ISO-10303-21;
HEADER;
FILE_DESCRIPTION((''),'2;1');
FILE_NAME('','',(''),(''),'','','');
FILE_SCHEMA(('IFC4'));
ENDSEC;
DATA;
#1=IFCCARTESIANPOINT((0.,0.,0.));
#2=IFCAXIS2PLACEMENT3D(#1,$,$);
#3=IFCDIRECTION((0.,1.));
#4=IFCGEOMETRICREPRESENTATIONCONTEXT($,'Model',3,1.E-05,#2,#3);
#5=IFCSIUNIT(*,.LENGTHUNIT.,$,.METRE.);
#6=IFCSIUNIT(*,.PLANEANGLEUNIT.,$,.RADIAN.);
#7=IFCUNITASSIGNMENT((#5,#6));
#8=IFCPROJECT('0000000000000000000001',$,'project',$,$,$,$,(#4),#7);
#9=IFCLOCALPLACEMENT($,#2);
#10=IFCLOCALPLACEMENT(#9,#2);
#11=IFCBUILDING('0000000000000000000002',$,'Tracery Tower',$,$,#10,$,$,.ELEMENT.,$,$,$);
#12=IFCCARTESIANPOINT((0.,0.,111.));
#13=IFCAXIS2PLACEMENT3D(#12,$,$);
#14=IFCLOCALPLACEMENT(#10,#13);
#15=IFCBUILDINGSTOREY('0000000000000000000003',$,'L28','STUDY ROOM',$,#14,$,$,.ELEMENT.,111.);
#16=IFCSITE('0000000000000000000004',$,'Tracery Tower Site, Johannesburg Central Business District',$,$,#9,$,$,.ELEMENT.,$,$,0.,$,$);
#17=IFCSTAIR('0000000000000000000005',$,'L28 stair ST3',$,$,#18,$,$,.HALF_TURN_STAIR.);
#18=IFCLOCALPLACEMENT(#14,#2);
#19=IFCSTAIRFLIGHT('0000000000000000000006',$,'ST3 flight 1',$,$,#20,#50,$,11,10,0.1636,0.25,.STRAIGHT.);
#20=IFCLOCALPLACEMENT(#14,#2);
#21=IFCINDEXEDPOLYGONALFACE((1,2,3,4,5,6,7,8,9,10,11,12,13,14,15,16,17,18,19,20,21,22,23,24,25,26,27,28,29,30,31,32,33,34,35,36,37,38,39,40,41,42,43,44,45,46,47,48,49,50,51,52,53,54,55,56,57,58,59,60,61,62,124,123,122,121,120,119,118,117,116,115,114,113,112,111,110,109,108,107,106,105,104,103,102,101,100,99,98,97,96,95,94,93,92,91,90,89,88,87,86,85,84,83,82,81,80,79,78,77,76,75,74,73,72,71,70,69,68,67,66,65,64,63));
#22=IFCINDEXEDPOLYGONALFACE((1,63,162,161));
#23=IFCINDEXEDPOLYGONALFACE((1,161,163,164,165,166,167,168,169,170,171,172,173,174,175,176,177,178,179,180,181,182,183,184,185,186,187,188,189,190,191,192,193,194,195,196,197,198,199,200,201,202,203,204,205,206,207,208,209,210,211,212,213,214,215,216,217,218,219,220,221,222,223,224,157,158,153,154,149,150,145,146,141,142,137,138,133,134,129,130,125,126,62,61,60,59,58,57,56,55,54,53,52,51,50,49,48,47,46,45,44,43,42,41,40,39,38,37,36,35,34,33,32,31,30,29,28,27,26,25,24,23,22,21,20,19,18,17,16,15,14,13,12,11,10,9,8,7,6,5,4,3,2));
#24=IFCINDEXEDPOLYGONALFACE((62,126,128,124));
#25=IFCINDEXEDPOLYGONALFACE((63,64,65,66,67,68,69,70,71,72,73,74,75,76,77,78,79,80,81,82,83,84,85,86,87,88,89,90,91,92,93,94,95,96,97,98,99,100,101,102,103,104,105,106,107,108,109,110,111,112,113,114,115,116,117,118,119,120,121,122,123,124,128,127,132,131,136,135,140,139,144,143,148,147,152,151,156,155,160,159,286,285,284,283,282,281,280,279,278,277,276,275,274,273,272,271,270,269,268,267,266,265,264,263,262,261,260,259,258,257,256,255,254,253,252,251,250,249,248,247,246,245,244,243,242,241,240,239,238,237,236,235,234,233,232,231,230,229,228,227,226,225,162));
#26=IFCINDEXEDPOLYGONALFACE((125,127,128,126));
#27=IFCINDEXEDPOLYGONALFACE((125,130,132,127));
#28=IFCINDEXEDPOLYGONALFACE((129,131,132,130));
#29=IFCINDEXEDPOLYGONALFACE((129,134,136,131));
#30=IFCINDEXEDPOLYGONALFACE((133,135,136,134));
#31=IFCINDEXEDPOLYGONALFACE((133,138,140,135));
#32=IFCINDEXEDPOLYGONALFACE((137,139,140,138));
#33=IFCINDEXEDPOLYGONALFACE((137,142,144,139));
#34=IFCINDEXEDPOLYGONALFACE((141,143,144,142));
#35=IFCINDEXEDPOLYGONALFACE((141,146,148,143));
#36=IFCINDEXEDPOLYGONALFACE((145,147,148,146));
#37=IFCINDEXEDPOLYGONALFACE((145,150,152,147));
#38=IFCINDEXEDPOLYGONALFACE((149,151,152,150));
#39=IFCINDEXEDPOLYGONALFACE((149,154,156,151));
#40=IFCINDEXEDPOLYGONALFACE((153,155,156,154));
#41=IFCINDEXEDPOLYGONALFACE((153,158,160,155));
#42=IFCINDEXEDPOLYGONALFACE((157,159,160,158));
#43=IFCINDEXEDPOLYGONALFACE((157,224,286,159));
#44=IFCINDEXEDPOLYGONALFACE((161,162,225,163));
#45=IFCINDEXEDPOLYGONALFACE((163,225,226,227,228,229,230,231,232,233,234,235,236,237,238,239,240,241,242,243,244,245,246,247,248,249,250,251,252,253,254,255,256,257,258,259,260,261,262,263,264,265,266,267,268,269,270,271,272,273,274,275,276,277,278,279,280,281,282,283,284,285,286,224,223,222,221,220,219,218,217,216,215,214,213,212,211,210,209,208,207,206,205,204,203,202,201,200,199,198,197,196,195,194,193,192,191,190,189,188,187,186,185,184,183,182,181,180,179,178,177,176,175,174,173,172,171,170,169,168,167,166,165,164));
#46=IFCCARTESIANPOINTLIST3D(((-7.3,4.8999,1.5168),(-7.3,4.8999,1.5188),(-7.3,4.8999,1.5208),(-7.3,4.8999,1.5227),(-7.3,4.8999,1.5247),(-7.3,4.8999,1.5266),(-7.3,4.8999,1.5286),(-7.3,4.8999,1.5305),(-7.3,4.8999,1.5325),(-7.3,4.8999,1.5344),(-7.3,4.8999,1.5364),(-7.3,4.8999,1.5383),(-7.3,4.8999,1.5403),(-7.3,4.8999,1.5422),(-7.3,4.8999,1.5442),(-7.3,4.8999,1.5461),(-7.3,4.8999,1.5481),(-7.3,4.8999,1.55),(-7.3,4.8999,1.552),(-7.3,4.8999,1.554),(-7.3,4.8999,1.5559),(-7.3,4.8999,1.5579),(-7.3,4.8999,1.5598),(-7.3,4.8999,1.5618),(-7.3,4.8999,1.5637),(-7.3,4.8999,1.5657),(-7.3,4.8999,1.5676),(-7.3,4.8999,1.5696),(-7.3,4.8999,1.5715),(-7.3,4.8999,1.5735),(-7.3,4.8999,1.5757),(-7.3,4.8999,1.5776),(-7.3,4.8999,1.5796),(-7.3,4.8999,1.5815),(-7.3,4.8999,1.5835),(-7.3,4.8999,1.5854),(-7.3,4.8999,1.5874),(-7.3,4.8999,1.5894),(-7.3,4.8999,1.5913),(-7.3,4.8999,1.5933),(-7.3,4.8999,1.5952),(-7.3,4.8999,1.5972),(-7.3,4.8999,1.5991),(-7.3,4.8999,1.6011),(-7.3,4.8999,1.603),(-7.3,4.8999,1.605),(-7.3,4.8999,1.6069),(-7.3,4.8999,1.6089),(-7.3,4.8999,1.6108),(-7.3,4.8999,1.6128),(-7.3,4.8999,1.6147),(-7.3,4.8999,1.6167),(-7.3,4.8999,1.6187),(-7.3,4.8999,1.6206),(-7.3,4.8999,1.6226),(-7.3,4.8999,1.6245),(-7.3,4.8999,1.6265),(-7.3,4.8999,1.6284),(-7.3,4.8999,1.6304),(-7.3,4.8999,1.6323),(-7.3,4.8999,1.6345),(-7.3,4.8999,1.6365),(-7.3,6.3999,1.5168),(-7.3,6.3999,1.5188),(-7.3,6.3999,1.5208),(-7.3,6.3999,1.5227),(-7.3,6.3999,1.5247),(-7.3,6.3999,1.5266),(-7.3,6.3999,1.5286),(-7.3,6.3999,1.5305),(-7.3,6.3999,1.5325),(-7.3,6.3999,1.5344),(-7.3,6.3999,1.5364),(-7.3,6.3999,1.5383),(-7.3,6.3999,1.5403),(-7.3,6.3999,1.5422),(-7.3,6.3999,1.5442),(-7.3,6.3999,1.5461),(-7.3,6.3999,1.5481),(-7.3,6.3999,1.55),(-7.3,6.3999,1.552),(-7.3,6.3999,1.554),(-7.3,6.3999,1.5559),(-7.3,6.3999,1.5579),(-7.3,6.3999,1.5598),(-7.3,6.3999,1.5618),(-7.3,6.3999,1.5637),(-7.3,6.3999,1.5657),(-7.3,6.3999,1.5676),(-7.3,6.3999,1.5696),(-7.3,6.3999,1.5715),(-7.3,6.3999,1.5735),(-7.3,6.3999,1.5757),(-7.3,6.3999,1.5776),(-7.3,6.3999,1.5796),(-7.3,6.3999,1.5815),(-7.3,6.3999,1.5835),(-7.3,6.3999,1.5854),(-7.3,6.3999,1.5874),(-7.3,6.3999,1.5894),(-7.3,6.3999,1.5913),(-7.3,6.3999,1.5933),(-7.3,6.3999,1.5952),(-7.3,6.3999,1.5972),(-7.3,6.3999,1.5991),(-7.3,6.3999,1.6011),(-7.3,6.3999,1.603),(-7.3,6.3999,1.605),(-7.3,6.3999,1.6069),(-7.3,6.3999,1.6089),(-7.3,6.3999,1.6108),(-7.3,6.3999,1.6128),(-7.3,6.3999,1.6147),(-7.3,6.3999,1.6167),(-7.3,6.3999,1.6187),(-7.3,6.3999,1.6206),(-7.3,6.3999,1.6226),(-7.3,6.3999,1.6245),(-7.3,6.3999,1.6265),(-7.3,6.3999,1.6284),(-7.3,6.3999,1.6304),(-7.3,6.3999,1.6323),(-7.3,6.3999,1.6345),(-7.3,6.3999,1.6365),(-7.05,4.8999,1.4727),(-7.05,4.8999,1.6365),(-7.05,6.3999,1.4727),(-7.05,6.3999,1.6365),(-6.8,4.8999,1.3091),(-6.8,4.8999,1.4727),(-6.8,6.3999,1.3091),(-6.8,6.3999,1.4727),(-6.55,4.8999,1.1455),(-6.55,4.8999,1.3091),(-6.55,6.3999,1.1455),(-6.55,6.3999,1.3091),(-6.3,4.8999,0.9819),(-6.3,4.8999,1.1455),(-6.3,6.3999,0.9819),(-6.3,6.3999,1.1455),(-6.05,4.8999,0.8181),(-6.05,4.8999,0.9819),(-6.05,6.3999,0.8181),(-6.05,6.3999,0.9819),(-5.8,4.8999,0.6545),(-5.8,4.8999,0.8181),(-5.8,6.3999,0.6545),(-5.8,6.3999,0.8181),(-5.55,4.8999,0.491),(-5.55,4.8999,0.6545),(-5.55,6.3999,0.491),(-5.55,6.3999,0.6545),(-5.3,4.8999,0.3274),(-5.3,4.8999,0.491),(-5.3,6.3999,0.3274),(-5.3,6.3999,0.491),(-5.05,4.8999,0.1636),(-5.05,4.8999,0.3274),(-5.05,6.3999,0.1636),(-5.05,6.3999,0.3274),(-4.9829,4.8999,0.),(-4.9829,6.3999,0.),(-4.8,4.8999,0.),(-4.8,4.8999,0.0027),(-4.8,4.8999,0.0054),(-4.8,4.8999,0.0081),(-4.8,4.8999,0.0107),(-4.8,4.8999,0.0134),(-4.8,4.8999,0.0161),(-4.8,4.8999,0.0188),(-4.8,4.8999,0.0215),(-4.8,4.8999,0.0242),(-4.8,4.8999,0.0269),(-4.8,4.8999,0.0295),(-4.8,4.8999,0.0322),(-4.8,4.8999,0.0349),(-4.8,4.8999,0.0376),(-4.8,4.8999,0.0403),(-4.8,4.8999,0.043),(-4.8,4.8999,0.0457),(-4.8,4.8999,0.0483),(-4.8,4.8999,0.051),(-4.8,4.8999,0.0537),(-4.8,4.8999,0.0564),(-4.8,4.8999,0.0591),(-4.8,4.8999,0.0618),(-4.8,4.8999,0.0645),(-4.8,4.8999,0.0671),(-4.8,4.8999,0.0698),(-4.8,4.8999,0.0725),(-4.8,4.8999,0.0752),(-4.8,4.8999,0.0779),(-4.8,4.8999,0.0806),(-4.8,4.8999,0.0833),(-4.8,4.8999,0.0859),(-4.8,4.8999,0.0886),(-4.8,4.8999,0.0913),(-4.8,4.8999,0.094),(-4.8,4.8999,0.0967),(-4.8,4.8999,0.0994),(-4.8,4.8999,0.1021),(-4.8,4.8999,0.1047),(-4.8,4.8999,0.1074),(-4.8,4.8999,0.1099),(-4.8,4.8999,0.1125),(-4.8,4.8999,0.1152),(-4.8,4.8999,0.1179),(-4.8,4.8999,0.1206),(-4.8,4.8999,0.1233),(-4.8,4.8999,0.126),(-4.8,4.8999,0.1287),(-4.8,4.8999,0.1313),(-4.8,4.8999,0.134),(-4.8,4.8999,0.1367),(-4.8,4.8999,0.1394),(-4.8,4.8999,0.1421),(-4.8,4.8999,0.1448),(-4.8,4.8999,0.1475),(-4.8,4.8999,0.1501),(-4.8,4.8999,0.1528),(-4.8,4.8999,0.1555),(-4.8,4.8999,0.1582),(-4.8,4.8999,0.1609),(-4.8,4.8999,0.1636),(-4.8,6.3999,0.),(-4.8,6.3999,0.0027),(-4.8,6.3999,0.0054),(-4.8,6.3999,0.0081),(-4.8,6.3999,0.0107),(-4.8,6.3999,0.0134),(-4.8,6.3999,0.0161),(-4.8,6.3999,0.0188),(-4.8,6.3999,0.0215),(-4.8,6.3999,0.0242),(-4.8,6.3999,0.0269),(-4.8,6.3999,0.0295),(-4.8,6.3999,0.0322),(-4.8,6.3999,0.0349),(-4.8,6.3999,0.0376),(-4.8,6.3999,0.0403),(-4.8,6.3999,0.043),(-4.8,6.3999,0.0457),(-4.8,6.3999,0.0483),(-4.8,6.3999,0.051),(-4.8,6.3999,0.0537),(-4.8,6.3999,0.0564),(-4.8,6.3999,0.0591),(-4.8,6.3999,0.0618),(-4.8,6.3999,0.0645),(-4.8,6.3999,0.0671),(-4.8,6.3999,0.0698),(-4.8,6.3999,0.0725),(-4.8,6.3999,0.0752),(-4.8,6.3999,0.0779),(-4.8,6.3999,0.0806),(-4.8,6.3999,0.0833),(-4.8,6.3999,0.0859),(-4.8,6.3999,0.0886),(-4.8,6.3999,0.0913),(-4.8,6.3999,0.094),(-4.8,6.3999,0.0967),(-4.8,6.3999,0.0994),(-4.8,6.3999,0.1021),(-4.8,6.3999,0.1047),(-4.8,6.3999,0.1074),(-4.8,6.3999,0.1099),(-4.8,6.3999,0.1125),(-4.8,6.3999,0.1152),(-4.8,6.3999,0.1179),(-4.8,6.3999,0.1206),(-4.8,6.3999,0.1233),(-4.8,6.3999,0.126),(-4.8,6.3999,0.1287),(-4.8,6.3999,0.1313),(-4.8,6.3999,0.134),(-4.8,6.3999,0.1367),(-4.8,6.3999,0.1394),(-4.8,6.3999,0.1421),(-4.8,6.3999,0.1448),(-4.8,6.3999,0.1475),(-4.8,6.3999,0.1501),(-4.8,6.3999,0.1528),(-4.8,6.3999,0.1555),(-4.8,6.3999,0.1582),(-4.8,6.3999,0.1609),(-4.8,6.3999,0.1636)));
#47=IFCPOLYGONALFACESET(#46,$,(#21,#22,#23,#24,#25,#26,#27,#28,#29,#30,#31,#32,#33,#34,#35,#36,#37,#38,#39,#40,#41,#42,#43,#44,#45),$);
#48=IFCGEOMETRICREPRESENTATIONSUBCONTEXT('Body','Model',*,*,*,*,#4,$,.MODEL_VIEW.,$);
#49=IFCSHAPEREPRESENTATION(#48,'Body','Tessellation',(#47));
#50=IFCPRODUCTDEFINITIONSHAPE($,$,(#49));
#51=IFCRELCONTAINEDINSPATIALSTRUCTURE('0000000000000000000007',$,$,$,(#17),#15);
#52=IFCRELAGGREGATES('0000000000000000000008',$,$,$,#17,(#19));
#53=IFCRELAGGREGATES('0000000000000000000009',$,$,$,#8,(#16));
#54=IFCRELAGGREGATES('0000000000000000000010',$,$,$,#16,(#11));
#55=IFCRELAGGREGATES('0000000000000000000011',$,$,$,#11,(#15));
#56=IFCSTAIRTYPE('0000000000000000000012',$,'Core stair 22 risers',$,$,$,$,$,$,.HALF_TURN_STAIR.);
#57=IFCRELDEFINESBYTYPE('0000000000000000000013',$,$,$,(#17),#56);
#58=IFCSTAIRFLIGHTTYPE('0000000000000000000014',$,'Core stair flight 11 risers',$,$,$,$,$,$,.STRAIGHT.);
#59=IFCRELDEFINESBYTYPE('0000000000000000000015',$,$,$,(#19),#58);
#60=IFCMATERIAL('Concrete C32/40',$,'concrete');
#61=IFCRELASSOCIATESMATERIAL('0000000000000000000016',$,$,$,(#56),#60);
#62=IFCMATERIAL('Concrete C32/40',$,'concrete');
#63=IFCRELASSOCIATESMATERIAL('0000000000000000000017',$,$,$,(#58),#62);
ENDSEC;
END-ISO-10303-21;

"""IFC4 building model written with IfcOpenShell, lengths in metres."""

from ifc_helpers import new_model, si_unit, direction, frame, origin, place, context, subcontext, project, spatial, polyline, outline, extrude, material, type_object, element, aggregate, save


model = new_model("IFC4")

# Units and contexts
model_context = context("Model", 3, precision=1e-05, world=origin(), true_north=direction((0.0, 1.0)))
body_context = subcontext(model_context, "Body", "Model", "MODEL_VIEW")
ifc_project = project(units=[si_unit("LENGTHUNIT", "METRE"), si_unit("PLANEANGLEUNIT", "RADIAN")], contexts=[model_context])

# Site, building, storey
site_placement = place(None, origin())
site = spatial("IfcSite", under=ifc_project, at=site_placement, Name="Tracery Tower Site, Johannesburg Central Business District", CompositionType="ELEMENT", RefElevation=0.0)
building_placement = place(site_placement, origin())
building = spatial("IfcBuilding", under=site, at=building_placement, Name="Tracery Tower", CompositionType="ELEMENT")
storey_placement = place(building_placement, frame((0.0, 0.0, 111.0)))
storey = spatial("IfcBuildingStorey", under=building, at=storey_placement, Name="L28", Description="STUDY ROOM", CompositionType="ELEMENT", Elevation=111.0)

# Stair, stair flight
ifc_material_1 = material(Name="Concrete C32/40", Category="concrete")
stair_type = type_object("IfcStairType", Name="Core stair 22 risers", PredefinedType="HALF_TURN_STAIR", material=ifc_material_1)
stair_placement = place(storey_placement, origin())
stair = element("IfcStair", 1, at=stair_placement, inside=storey, type_object=stair_type, Name="L28 stair ST3", PredefinedType="HALF_TURN_STAIR")
ifc_material_2 = material(Name="Concrete C32/40", Category="concrete")
stair_flight_type = type_object("IfcStairFlightType", Name="Core stair flight 11 risers", PredefinedType="STRAIGHT", material=ifc_material_2)
stair_flight_1_placement = place(storey_placement, frame((-4.8, 5.6499, 0.0), z_axis=(0.0, 0.0, 1.0), x_axis=(-1.0, 0.0, 0.0)))
stair_flight_1 = element("IfcStairFlight", 2, at=stair_flight_1_placement, type_object=stair_flight_type, Name="ST3 flight 1", NumberOfRisers=11, NumberOfTreads=10, PredefinedType="STRAIGHT", RiserHeight=0.1636, TreadLength=0.25, context=body_context, shape_type="SweptSolid", body=[
    extrude(outline(polyline([(0.0, 0.0), (0.0, 0.0027), (0.0, 0.0054), (0.0, 0.0081), (0.0, 0.0107), (0.0, 0.0134), (0.0, 0.0161), (0.0, 0.0188), (0.0, 0.0215), (0.0, 0.0242), (0.0, 0.0269), (0.0, 0.0295), (0.0, 0.0322), (0.0, 0.0349), (0.0, 0.0376), (0.0, 0.0403), (0.0, 0.043), (0.0, 0.0457), (0.0, 0.0483), (0.0, 0.051), (0.0, 0.0537), (0.0, 0.0564), (0.0, 0.0591), (0.0, 0.0618), (0.0, 0.0645), (0.0, 0.0671), (0.0, 0.0698), (0.0, 0.0725), (0.0, 0.0752), (0.0, 0.0779), (0.0, 0.0806), (0.0, 0.0833), (0.0, 0.0859), (0.0, 0.0886), (0.0, 0.0913), (0.0, 0.094), (0.0, 0.0967), (0.0, 0.0994), (0.0, 0.1021), (0.0, 0.1047), (0.0, 0.1074), (0.0, 0.1099), (0.0, 0.1125), (0.0, 0.1152), (0.0, 0.1179), (0.0, 0.1206), (0.0, 0.1233), (0.0, 0.126), (0.0, 0.1287), (0.0, 0.1313), (0.0, 0.134), (0.0, 0.1367), (0.0, 0.1394), (0.0, 0.1421), (0.0, 0.1448), (0.0, 0.1475), (0.0, 0.1501), (0.0, 0.1528), (0.0, 0.1555), (0.0, 0.1582), (0.0, 0.1609), (0.0, 0.1636), (0.25, 0.1636), (0.25, 0.3274), (0.5, 0.3274), (0.5, 0.491), (0.75, 0.491), (0.75, 0.6545), (1.0, 0.6545), (1.0, 0.8181), (1.25, 0.8181), (1.25, 0.9819), (1.5, 0.9819), (1.5, 1.1455), (1.75, 1.1455), (1.75, 1.3091), (2.0, 1.3091), (2.0, 1.4727), (2.25, 1.4727), (2.25, 1.6365), (2.5, 1.6365), (2.5, 1.6345), (2.5, 1.6323), (2.5, 1.6304), (2.5, 1.6284), (2.5, 1.6265), (2.5, 1.6245), (2.5, 1.6226), (2.5, 1.6206), (2.5, 1.6187), (2.5, 1.6167), (2.5, 1.6147), (2.5, 1.6128), (2.5, 1.6108), (2.5, 1.6089), (2.5, 1.6069), (2.5, 1.605), (2.5, 1.603), (2.5, 1.6011), (2.5, 1.5991), (2.5, 1.5972), (2.5, 1.5952), (2.5, 1.5933), (2.5, 1.5913), (2.5, 1.5894), (2.5, 1.5874), (2.5, 1.5854), (2.5, 1.5835), (2.5, 1.5815), (2.5, 1.5796), (2.5, 1.5776), (2.5, 1.5757), (2.5, 1.5735), (2.5, 1.5715), (2.5, 1.5696), (2.5, 1.5676), (2.5, 1.5657), (2.5, 1.5637), (2.5, 1.5618), (2.5, 1.5598), (2.5, 1.5579), (2.5, 1.5559), (2.5, 1.554), (2.5, 1.552), (2.5, 1.55), (2.5, 1.5481), (2.5, 1.5461), (2.5, 1.5442), (2.5, 1.5422), (2.5, 1.5403), (2.5, 1.5383), (2.5, 1.5364), (2.5, 1.5344), (2.5, 1.5325), (2.5, 1.5305), (2.5, 1.5286), (2.5, 1.5266), (2.5, 1.5247), (2.5, 1.5227), (2.5, 1.5208), (2.5, 1.5188), (2.5, 1.5168), (0.1829, 0.0), (0.0, 0.0)])), frame((0.0, 0.75, 0.0), z_axis=(0.0, -1.0, 0.0), x_axis=(1.0, 0.0, 0.0)), (0.0, 0.0, 1.0), 1.5),
])
aggregate(stair, [stair_flight_1])

save(model, "model.ifc")
